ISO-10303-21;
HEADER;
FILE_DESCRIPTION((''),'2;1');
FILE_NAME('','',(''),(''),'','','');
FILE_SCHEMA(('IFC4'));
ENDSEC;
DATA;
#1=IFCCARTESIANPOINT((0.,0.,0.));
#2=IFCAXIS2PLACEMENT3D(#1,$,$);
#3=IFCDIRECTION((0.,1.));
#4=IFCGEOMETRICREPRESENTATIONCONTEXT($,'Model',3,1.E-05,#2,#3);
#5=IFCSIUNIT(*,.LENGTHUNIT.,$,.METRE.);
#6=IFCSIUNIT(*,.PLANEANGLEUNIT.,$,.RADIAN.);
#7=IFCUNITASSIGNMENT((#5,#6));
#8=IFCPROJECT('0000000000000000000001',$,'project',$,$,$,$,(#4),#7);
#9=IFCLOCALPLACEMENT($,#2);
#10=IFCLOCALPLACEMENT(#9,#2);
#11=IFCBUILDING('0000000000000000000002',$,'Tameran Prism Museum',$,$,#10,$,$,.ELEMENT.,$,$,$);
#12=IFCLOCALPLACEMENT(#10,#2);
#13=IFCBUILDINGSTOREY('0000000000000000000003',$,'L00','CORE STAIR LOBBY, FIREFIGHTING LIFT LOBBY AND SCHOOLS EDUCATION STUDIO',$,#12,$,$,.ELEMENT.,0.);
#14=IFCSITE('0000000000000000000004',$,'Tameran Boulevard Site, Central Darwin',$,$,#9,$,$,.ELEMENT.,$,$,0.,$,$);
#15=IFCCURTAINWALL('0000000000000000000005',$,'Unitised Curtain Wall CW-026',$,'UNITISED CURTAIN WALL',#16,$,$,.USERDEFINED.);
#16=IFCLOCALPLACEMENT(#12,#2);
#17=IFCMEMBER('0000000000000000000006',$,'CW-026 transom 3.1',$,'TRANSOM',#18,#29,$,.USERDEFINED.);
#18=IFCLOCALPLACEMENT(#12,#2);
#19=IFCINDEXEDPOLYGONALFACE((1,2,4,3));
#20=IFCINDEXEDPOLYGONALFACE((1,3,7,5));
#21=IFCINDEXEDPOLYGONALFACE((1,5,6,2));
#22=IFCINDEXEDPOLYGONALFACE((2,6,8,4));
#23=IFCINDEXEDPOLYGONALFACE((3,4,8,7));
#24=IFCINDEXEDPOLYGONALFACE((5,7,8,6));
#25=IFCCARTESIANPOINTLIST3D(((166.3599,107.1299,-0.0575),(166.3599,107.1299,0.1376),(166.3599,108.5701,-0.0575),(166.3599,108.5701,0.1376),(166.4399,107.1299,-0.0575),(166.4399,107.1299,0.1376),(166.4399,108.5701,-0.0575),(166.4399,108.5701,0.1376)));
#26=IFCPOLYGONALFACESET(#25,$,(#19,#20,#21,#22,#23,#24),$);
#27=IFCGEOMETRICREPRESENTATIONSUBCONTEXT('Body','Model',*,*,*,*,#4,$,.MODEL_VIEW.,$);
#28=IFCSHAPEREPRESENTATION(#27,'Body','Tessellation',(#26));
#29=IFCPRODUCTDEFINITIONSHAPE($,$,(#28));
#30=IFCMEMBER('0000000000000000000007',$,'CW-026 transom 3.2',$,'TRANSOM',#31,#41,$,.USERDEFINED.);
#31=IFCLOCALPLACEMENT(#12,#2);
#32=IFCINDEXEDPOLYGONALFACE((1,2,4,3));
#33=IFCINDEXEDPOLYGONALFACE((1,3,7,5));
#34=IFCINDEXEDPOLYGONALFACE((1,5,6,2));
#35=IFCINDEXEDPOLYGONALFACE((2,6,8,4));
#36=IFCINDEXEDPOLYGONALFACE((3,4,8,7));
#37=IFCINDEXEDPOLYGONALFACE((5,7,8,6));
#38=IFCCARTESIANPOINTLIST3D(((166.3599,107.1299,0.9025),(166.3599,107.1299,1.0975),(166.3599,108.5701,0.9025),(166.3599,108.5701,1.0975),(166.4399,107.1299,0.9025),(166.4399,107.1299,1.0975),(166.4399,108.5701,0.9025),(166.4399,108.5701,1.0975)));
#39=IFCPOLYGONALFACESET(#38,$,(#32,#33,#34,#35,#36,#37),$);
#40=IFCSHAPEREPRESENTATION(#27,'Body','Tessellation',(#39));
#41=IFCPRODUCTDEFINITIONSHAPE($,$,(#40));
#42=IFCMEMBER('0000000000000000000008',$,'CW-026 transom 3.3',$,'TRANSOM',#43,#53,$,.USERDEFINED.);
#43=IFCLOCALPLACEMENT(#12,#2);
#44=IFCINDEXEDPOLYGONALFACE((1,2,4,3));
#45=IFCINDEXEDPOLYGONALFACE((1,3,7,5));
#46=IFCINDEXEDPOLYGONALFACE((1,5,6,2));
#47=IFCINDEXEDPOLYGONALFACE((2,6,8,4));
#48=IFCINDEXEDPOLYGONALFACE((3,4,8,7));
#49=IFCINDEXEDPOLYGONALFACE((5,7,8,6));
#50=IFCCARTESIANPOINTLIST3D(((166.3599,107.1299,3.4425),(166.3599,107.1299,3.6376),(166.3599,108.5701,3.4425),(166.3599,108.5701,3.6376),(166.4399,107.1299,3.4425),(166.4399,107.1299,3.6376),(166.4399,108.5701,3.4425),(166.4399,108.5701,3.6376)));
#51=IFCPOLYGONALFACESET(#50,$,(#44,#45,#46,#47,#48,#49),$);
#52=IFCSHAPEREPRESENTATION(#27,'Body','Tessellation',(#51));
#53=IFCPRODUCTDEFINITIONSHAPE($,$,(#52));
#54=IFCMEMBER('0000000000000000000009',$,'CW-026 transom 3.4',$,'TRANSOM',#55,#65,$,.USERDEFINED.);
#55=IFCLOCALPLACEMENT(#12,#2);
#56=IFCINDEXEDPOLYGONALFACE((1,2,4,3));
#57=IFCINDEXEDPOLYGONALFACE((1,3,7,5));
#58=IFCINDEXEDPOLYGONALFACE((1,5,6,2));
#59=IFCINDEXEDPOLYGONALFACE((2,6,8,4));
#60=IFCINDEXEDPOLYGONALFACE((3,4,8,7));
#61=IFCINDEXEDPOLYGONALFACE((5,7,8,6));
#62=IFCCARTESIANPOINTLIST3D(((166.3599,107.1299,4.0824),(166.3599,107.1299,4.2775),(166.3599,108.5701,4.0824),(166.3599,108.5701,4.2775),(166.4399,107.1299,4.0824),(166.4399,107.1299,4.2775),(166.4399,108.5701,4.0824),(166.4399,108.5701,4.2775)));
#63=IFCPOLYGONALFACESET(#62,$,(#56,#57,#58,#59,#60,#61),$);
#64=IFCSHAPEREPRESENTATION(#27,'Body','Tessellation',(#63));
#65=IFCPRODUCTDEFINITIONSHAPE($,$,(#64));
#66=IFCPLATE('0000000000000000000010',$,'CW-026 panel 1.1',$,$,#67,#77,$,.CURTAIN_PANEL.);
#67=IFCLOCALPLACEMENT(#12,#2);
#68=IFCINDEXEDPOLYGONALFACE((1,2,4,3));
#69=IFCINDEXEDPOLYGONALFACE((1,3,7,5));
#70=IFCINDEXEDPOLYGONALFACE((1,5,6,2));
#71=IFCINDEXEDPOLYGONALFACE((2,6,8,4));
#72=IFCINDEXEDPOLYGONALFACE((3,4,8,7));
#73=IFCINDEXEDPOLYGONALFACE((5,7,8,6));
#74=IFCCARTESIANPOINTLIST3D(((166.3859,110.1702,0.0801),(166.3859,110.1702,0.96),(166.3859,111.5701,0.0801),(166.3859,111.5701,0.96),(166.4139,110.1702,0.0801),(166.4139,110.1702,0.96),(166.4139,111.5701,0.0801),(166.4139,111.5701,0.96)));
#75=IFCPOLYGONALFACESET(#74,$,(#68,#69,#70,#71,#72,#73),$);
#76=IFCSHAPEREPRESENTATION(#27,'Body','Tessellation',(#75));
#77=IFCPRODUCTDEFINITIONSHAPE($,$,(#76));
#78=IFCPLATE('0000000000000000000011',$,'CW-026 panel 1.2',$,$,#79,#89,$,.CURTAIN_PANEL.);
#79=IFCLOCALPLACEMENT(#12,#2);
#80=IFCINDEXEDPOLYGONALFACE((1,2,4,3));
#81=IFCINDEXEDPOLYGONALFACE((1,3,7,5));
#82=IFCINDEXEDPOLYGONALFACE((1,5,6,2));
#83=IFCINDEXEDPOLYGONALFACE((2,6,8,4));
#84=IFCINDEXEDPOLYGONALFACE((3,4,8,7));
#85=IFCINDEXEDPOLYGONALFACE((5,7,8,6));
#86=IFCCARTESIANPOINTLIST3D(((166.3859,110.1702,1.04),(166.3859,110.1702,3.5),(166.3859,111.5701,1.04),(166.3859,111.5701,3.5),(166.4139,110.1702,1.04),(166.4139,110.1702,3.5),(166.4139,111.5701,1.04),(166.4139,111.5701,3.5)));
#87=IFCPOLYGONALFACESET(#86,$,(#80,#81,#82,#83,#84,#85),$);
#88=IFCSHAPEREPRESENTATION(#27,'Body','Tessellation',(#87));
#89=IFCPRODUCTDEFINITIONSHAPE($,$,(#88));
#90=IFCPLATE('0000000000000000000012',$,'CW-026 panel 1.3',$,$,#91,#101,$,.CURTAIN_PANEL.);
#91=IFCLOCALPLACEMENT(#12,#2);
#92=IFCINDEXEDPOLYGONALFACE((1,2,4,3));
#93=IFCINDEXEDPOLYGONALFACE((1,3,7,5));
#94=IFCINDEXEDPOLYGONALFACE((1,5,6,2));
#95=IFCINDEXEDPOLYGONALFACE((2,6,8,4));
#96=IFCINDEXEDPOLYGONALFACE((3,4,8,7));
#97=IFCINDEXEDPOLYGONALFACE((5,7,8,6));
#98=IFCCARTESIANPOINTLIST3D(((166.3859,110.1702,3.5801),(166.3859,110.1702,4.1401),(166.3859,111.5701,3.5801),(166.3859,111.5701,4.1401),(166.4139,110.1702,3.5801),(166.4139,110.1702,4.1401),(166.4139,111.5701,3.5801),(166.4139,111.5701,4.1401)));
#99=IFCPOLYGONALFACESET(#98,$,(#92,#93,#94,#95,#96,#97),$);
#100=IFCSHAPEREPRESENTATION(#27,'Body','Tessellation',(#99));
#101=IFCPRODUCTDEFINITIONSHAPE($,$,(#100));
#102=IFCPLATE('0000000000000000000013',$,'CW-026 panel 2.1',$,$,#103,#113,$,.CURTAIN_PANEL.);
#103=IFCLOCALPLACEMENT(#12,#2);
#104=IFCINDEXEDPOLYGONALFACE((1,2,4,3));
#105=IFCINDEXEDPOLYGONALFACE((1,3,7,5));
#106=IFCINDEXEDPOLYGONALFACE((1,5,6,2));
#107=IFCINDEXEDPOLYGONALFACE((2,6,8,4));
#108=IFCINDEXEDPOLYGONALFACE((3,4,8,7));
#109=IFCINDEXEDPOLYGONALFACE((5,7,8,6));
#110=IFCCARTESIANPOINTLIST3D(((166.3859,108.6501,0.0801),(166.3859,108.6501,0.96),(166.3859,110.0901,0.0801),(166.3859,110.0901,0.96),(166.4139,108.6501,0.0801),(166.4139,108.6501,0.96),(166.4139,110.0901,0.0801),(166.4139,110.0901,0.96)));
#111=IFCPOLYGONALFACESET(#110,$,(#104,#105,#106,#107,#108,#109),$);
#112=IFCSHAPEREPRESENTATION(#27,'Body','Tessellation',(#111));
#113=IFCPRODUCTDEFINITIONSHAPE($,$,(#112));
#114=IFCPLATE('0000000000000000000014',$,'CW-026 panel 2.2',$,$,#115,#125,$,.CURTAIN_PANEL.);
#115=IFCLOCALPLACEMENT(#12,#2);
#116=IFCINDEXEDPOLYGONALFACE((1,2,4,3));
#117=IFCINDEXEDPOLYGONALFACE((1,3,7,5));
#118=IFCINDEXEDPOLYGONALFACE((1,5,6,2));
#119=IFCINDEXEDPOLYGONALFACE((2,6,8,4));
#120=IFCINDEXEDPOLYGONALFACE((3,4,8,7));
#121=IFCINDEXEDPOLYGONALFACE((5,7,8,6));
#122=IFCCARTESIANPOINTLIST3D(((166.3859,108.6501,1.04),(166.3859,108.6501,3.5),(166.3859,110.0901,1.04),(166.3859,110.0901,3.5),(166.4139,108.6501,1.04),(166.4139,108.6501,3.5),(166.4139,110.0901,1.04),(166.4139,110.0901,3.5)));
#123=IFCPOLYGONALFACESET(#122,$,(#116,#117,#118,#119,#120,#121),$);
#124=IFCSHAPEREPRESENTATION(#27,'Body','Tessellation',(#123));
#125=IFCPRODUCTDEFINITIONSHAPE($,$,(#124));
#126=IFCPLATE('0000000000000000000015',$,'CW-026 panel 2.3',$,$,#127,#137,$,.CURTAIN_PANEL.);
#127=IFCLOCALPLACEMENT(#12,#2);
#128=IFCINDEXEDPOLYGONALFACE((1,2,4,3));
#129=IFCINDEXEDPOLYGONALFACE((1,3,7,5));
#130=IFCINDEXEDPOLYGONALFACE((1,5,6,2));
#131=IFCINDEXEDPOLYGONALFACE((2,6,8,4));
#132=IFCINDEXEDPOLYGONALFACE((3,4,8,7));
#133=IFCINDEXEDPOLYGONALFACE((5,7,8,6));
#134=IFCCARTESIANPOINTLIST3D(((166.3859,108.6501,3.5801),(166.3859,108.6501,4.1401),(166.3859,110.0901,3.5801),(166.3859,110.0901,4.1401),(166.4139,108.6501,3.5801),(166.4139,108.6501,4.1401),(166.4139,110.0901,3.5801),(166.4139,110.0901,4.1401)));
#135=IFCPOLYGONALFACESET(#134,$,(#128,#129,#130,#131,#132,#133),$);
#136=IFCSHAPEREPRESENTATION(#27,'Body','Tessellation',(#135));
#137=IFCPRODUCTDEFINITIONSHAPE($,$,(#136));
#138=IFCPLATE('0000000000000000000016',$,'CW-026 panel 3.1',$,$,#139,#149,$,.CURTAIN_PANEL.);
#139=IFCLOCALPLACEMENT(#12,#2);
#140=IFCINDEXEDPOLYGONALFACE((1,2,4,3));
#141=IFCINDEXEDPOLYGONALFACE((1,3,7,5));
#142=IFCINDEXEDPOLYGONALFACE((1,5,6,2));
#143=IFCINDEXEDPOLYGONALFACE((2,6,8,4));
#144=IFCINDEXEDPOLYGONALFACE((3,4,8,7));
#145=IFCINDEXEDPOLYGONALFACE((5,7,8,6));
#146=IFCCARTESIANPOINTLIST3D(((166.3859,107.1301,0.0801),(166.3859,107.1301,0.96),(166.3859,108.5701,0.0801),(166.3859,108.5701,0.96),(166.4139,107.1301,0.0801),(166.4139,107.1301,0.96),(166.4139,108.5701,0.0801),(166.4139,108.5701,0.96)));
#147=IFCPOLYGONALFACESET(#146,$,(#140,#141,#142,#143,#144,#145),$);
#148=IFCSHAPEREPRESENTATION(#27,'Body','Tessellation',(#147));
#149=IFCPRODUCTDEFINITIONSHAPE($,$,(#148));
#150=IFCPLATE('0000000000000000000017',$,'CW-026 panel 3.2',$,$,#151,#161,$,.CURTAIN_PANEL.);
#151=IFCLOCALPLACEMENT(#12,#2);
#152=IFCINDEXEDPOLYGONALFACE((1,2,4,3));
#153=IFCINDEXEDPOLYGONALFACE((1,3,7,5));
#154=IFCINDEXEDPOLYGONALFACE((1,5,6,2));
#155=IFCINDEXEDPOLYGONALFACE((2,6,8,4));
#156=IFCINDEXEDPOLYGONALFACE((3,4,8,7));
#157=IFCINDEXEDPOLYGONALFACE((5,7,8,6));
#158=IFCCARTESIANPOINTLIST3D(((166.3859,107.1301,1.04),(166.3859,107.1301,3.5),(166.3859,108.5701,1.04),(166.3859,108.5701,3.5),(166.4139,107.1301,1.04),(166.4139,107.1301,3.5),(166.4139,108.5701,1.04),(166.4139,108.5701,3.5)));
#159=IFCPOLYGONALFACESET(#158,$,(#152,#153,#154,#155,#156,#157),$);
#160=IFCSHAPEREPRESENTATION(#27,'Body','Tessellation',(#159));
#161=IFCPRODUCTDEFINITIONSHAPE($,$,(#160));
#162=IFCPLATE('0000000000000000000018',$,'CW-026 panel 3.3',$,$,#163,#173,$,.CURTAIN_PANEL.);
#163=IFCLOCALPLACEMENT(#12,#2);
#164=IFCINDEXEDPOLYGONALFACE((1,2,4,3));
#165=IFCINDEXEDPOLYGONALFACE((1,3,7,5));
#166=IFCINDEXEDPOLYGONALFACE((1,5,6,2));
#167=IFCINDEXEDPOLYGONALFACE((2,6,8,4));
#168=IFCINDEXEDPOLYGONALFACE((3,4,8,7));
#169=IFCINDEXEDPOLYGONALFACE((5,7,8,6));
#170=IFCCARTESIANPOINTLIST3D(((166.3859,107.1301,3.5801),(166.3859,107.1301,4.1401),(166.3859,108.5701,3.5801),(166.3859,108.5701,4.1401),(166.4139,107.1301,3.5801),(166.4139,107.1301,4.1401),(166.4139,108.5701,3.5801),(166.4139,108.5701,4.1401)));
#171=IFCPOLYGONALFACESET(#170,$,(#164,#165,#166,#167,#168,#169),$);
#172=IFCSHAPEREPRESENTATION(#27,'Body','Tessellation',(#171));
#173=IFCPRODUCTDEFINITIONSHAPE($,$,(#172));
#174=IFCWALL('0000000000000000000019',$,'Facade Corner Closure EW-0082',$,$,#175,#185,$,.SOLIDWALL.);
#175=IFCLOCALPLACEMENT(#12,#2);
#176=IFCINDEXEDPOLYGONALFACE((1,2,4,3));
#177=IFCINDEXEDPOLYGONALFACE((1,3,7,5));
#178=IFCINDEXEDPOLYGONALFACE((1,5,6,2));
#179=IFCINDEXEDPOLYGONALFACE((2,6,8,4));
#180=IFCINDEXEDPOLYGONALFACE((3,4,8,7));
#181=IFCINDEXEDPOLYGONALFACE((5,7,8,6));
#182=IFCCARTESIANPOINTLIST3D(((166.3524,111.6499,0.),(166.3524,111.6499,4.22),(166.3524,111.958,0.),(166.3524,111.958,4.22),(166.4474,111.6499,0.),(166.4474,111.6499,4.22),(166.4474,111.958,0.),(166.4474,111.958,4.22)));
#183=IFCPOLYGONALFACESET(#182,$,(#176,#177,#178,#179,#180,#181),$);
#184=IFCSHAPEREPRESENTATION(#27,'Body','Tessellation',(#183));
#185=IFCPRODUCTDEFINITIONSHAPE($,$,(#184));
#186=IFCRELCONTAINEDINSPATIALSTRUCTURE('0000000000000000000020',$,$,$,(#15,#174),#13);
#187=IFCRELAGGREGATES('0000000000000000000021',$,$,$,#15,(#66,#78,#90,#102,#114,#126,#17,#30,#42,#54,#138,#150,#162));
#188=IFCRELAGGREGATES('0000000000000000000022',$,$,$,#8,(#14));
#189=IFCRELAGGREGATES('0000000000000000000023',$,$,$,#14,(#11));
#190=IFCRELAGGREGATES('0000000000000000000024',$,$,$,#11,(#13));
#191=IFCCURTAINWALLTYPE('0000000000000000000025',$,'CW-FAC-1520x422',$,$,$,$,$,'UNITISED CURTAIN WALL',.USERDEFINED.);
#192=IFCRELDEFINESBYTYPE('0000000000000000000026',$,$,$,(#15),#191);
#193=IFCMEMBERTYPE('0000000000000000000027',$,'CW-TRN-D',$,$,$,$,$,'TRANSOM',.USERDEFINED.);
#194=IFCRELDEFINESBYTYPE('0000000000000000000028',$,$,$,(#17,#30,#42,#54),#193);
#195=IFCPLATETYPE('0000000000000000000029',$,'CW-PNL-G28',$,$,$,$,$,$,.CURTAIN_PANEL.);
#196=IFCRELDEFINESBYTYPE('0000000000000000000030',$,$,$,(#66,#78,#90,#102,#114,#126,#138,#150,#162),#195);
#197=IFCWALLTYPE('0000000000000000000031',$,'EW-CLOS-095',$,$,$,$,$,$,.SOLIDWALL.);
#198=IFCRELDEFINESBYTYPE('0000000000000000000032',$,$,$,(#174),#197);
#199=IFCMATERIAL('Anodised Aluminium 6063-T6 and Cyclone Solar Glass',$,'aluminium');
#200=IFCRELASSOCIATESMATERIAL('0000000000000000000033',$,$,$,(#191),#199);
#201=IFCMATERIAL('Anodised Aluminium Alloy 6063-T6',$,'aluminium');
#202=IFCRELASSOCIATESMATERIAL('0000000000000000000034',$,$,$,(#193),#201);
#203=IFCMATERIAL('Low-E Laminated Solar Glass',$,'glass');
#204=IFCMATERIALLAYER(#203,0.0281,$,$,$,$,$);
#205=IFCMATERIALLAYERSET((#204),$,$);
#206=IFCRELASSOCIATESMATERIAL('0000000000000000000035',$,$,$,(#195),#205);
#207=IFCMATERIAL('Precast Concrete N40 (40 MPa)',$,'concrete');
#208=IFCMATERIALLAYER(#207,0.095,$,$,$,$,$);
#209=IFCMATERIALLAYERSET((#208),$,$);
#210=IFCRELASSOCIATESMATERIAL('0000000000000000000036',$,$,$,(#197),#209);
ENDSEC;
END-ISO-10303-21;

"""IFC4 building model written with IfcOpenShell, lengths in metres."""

from ifc_helpers import new_model, si_unit, direction, frame, frame_2d, origin, origin_2d, place, context, subcontext, project, spatial, rectangle, extrude, material, layer, layer_set, material_profile, profile_set, type_object, element, aggregate, save


model = new_model("IFC4")

# Units and contexts
model_context = context("Model", 3, precision=1e-05, world=origin(), true_north=direction((0.0, 1.0)))
body_context = subcontext(model_context, "Body", "Model", "MODEL_VIEW")
ifc_project = project(units=[si_unit("LENGTHUNIT", "METRE"), si_unit("PLANEANGLEUNIT", "RADIAN")], contexts=[model_context])

# Site, building, storey
site_placement = place(None, origin())
site = spatial("IfcSite", under=ifc_project, at=site_placement, Name="Tameran Boulevard Site, Central Darwin", CompositionType="ELEMENT", RefElevation=0.0)
building_placement = place(site_placement, origin())
building = spatial("IfcBuilding", under=site, at=building_placement, Name="Tameran Prism Museum", CompositionType="ELEMENT")
storey_placement = place(building_placement, origin())
storey = spatial("IfcBuildingStorey", under=building, at=storey_placement, Name="L00", Description="CORE STAIR LOBBY, FIREFIGHTING LIFT LOBBY AND SCHOOLS EDUCATION STUDIO", CompositionType="ELEMENT", Elevation=0.0)

# Curtain wall, members, plates
ifc_material_1 = material(Name="Anodised Aluminium 6063-T6 and Cyclone Solar Glass", Category="aluminium")
curtain_wall_type = type_object("IfcCurtainWallType", Name="CW-FAC-1520x422", ElementType="UNITISED CURTAIN WALL", PredefinedType="USERDEFINED", material=ifc_material_1)
curtain_wall_placement = place(storey_placement, origin())
curtain_wall = element("IfcCurtainWall", 1, at=curtain_wall_placement, inside=storey, type_object=curtain_wall_type, Name="Unitised Curtain Wall CW-026", ObjectType="UNITISED CURTAIN WALL", PredefinedType="USERDEFINED")
ifc_material_2 = material(Name="Anodised Aluminium Alloy 6063-T6", Category="aluminium")
ifc_material_profile_1 = material_profile(ifc_material_2, rectangle(XDim=0.0801, YDim=0.1951, at=origin_2d()))
ifc_profile_set_1 = profile_set([ifc_material_profile_1])
member_type_1 = type_object("IfcMemberType", Name="CW-TRN-D", ElementType="TRANSOM", PredefinedType="USERDEFINED", material=ifc_profile_set_1)
member_1_placement = place(storey_placement, frame((166.3999, 108.5701, 0.04), z_axis=(0.0, -1.0, 0.0), x_axis=(1.0, 0.0, 0.0)))
member_1 = element("IfcMember", 2, at=member_1_placement, type_object=member_type_1, Name="CW-026 transom 3.1", ObjectType="TRANSOM", PredefinedType="USERDEFINED", context=body_context, shape_type="SweptSolid", body=[
    extrude(rectangle(XDim=0.0801, YDim=0.1951, at=origin_2d()), origin(), (0.0, 0.0, 1.0), 1.4402),
])
member_2_placement = place(storey_placement, frame((166.3999, 108.5701, 1.0), z_axis=(0.0, -1.0, 0.0), x_axis=(1.0, 0.0, 0.0)))
member_2 = element("IfcMember", 3, at=member_2_placement, type_object=member_type_1, Name="CW-026 transom 3.2", ObjectType="TRANSOM", PredefinedType="USERDEFINED", context=body_context, shape_type="SweptSolid", body=[
    extrude(rectangle(XDim=0.0801, YDim=0.1951, at=origin_2d()), origin(), (0.0, 0.0, 1.0), 1.4402),
])
member_3_placement = place(storey_placement, frame((166.3999, 108.5701, 3.54), z_axis=(0.0, -1.0, 0.0), x_axis=(1.0, 0.0, 0.0)))
member_3 = element("IfcMember", 4, at=member_3_placement, type_object=member_type_1, Name="CW-026 transom 3.3", ObjectType="TRANSOM", PredefinedType="USERDEFINED", context=body_context, shape_type="SweptSolid", body=[
    extrude(rectangle(XDim=0.0801, YDim=0.1951, at=origin_2d()), origin(), (0.0, 0.0, 1.0), 1.4402),
])
member_4_placement = place(storey_placement, frame((166.3999, 108.5701, 4.1799), z_axis=(0.0, -1.0, 0.0), x_axis=(1.0, 0.0, 0.0)))
member_4 = element("IfcMember", 5, at=member_4_placement, type_object=member_type_1, Name="CW-026 transom 3.4", ObjectType="TRANSOM", PredefinedType="USERDEFINED", context=body_context, shape_type="SweptSolid", body=[
    extrude(rectangle(XDim=0.0801, YDim=0.1951, at=origin_2d()), origin(), (0.0, 0.0, 1.0), 1.4402),
])
ifc_material_3 = material(Name="Low-E Laminated Solar Glass", Category="glass")
ifc_layer_1 = layer(ifc_material_3, 0.0281)
ifc_layer_set_1 = layer_set([ifc_layer_1])
plate_type = type_object("IfcPlateType", Name="CW-PNL-G28", PredefinedType="CURTAIN_PANEL", material=ifc_layer_set_1)
plate_1_placement = place(storey_placement, frame((166.3999, 110.8701, 0.0801), z_axis=(0.0, 0.0, 1.0), x_axis=(0.0, -1.0, 0.0)))
plate_1 = element("IfcPlate", 6, at=plate_1_placement, type_object=plate_type, Name="CW-026 panel 1.1", PredefinedType="CURTAIN_PANEL", context=body_context, shape_type="SweptSolid", body=[
    extrude(rectangle(XDim=1.3999, YDim=0.0281, at=origin_2d()), origin(), (0.0, 0.0, 1.0), 0.8799),
])
plate_2_placement = place(storey_placement, frame((166.3999, 110.8701, 1.04), z_axis=(0.0, 0.0, 1.0), x_axis=(0.0, -1.0, 0.0)))
plate_2 = element("IfcPlate", 7, at=plate_2_placement, type_object=plate_type, Name="CW-026 panel 1.2", PredefinedType="CURTAIN_PANEL", context=body_context, shape_type="SweptSolid", body=[
    extrude(rectangle(XDim=1.3999, YDim=0.0281, at=origin_2d()), origin(), (0.0, 0.0, 1.0), 2.46),
])
plate_3_placement = place(storey_placement, frame((166.3999, 110.8701, 3.5801), z_axis=(0.0, 0.0, 1.0), x_axis=(0.0, -1.0, 0.0)))
plate_3 = element("IfcPlate", 8, at=plate_3_placement, type_object=plate_type, Name="CW-026 panel 1.3", PredefinedType="CURTAIN_PANEL", context=body_context, shape_type="SweptSolid", body=[
    extrude(rectangle(XDim=1.3999, YDim=0.0281, at=origin_2d()), origin(), (0.0, 0.0, 1.0), 0.5601),
])
plate_4_placement = place(storey_placement, frame((166.3999, 109.3701, 0.0801), z_axis=(0.0, 0.0, 1.0), x_axis=(0.0, -1.0, 0.0)))
plate_4 = element("IfcPlate", 9, at=plate_4_placement, type_object=plate_type, Name="CW-026 panel 2.1", PredefinedType="CURTAIN_PANEL", context=body_context, shape_type="SweptSolid", body=[
    extrude(rectangle(XDim=1.4399, YDim=0.0281, at=origin_2d()), origin(), (0.0, 0.0, 1.0), 0.8799),
])
plate_5_placement = place(storey_placement, frame((166.3999, 109.3701, 1.04), z_axis=(0.0, 0.0, 1.0), x_axis=(0.0, -1.0, 0.0)))
plate_5 = element("IfcPlate", 10, at=plate_5_placement, type_object=plate_type, Name="CW-026 panel 2.2", PredefinedType="CURTAIN_PANEL", context=body_context, shape_type="SweptSolid", body=[
    extrude(rectangle(XDim=1.4399, YDim=0.0281, at=origin_2d()), origin(), (0.0, 0.0, 1.0), 2.46),
])
plate_6_placement = place(storey_placement, frame((166.3999, 109.3701, 3.5801), z_axis=(0.0, 0.0, 1.0), x_axis=(0.0, -1.0, 0.0)))
plate_6 = element("IfcPlate", 11, at=plate_6_placement, type_object=plate_type, Name="CW-026 panel 2.3", PredefinedType="CURTAIN_PANEL", context=body_context, shape_type="SweptSolid", body=[
    extrude(rectangle(XDim=1.4399, YDim=0.0281, at=origin_2d()), origin(), (0.0, 0.0, 1.0), 0.5601),
])
plate_7_placement = place(storey_placement, frame((166.3999, 107.8501, 0.0801), z_axis=(0.0, 0.0, 1.0), x_axis=(0.0, -1.0, 0.0)))
plate_7 = element("IfcPlate", 12, at=plate_7_placement, type_object=plate_type, Name="CW-026 panel 3.1", PredefinedType="CURTAIN_PANEL", context=body_context, shape_type="SweptSolid", body=[
    extrude(rectangle(XDim=1.4399, YDim=0.0281, at=origin_2d()), origin(), (0.0, 0.0, 1.0), 0.8799),
])
plate_8_placement = place(storey_placement, frame((166.3999, 107.8501, 1.04), z_axis=(0.0, 0.0, 1.0), x_axis=(0.0, -1.0, 0.0)))
plate_8 = element("IfcPlate", 13, at=plate_8_placement, type_object=plate_type, Name="CW-026 panel 3.2", PredefinedType="CURTAIN_PANEL", context=body_context, shape_type="SweptSolid", body=[
    extrude(rectangle(XDim=1.4399, YDim=0.0281, at=origin_2d()), origin(), (0.0, 0.0, 1.0), 2.46),
])
plate_9_placement = place(storey_placement, frame((166.3999, 107.8501, 3.5801), z_axis=(0.0, 0.0, 1.0), x_axis=(0.0, -1.0, 0.0)))
plate_9 = element("IfcPlate", 14, at=plate_9_placement, type_object=plate_type, Name="CW-026 panel 3.3", PredefinedType="CURTAIN_PANEL", context=body_context, shape_type="SweptSolid", body=[
    extrude(rectangle(XDim=1.4399, YDim=0.0281, at=origin_2d()), origin(), (0.0, 0.0, 1.0), 0.5601),
])
aggregate(curtain_wall, [plate_1, plate_2, plate_3, plate_4, plate_5, plate_6, member_1, member_2, member_3, member_4, plate_7, plate_8, plate_9])

# Wall
ifc_material_4 = material(Name="Precast Concrete N40 (40 MPa)", Category="concrete")
ifc_layer_2 = layer(ifc_material_4, 0.095)
ifc_layer_set_2 = layer_set([ifc_layer_2])
wall_type = type_object("IfcWallType", Name="EW-CLOS-095", PredefinedType="SOLIDWALL", material=ifc_layer_set_2)
wall_placement = place(storey_placement, frame((166.3999, 111.958, 0.0), z_axis=(0.0, 0.0, 1.0), x_axis=(0.0, -1.0, 0.0)))
element("IfcWall", 15, at=wall_placement, inside=storey, type_object=wall_type, Name="Facade Corner Closure EW-0082", PredefinedType="SOLIDWALL", context=body_context, shape_type="SweptSolid", body=[
    extrude(rectangle(XDim=0.3081, YDim=0.095, at=frame_2d((0.1541, 0.0))), origin(), (0.0, 0.0, 1.0), 4.22),
])

save(model, "model.ifc")
